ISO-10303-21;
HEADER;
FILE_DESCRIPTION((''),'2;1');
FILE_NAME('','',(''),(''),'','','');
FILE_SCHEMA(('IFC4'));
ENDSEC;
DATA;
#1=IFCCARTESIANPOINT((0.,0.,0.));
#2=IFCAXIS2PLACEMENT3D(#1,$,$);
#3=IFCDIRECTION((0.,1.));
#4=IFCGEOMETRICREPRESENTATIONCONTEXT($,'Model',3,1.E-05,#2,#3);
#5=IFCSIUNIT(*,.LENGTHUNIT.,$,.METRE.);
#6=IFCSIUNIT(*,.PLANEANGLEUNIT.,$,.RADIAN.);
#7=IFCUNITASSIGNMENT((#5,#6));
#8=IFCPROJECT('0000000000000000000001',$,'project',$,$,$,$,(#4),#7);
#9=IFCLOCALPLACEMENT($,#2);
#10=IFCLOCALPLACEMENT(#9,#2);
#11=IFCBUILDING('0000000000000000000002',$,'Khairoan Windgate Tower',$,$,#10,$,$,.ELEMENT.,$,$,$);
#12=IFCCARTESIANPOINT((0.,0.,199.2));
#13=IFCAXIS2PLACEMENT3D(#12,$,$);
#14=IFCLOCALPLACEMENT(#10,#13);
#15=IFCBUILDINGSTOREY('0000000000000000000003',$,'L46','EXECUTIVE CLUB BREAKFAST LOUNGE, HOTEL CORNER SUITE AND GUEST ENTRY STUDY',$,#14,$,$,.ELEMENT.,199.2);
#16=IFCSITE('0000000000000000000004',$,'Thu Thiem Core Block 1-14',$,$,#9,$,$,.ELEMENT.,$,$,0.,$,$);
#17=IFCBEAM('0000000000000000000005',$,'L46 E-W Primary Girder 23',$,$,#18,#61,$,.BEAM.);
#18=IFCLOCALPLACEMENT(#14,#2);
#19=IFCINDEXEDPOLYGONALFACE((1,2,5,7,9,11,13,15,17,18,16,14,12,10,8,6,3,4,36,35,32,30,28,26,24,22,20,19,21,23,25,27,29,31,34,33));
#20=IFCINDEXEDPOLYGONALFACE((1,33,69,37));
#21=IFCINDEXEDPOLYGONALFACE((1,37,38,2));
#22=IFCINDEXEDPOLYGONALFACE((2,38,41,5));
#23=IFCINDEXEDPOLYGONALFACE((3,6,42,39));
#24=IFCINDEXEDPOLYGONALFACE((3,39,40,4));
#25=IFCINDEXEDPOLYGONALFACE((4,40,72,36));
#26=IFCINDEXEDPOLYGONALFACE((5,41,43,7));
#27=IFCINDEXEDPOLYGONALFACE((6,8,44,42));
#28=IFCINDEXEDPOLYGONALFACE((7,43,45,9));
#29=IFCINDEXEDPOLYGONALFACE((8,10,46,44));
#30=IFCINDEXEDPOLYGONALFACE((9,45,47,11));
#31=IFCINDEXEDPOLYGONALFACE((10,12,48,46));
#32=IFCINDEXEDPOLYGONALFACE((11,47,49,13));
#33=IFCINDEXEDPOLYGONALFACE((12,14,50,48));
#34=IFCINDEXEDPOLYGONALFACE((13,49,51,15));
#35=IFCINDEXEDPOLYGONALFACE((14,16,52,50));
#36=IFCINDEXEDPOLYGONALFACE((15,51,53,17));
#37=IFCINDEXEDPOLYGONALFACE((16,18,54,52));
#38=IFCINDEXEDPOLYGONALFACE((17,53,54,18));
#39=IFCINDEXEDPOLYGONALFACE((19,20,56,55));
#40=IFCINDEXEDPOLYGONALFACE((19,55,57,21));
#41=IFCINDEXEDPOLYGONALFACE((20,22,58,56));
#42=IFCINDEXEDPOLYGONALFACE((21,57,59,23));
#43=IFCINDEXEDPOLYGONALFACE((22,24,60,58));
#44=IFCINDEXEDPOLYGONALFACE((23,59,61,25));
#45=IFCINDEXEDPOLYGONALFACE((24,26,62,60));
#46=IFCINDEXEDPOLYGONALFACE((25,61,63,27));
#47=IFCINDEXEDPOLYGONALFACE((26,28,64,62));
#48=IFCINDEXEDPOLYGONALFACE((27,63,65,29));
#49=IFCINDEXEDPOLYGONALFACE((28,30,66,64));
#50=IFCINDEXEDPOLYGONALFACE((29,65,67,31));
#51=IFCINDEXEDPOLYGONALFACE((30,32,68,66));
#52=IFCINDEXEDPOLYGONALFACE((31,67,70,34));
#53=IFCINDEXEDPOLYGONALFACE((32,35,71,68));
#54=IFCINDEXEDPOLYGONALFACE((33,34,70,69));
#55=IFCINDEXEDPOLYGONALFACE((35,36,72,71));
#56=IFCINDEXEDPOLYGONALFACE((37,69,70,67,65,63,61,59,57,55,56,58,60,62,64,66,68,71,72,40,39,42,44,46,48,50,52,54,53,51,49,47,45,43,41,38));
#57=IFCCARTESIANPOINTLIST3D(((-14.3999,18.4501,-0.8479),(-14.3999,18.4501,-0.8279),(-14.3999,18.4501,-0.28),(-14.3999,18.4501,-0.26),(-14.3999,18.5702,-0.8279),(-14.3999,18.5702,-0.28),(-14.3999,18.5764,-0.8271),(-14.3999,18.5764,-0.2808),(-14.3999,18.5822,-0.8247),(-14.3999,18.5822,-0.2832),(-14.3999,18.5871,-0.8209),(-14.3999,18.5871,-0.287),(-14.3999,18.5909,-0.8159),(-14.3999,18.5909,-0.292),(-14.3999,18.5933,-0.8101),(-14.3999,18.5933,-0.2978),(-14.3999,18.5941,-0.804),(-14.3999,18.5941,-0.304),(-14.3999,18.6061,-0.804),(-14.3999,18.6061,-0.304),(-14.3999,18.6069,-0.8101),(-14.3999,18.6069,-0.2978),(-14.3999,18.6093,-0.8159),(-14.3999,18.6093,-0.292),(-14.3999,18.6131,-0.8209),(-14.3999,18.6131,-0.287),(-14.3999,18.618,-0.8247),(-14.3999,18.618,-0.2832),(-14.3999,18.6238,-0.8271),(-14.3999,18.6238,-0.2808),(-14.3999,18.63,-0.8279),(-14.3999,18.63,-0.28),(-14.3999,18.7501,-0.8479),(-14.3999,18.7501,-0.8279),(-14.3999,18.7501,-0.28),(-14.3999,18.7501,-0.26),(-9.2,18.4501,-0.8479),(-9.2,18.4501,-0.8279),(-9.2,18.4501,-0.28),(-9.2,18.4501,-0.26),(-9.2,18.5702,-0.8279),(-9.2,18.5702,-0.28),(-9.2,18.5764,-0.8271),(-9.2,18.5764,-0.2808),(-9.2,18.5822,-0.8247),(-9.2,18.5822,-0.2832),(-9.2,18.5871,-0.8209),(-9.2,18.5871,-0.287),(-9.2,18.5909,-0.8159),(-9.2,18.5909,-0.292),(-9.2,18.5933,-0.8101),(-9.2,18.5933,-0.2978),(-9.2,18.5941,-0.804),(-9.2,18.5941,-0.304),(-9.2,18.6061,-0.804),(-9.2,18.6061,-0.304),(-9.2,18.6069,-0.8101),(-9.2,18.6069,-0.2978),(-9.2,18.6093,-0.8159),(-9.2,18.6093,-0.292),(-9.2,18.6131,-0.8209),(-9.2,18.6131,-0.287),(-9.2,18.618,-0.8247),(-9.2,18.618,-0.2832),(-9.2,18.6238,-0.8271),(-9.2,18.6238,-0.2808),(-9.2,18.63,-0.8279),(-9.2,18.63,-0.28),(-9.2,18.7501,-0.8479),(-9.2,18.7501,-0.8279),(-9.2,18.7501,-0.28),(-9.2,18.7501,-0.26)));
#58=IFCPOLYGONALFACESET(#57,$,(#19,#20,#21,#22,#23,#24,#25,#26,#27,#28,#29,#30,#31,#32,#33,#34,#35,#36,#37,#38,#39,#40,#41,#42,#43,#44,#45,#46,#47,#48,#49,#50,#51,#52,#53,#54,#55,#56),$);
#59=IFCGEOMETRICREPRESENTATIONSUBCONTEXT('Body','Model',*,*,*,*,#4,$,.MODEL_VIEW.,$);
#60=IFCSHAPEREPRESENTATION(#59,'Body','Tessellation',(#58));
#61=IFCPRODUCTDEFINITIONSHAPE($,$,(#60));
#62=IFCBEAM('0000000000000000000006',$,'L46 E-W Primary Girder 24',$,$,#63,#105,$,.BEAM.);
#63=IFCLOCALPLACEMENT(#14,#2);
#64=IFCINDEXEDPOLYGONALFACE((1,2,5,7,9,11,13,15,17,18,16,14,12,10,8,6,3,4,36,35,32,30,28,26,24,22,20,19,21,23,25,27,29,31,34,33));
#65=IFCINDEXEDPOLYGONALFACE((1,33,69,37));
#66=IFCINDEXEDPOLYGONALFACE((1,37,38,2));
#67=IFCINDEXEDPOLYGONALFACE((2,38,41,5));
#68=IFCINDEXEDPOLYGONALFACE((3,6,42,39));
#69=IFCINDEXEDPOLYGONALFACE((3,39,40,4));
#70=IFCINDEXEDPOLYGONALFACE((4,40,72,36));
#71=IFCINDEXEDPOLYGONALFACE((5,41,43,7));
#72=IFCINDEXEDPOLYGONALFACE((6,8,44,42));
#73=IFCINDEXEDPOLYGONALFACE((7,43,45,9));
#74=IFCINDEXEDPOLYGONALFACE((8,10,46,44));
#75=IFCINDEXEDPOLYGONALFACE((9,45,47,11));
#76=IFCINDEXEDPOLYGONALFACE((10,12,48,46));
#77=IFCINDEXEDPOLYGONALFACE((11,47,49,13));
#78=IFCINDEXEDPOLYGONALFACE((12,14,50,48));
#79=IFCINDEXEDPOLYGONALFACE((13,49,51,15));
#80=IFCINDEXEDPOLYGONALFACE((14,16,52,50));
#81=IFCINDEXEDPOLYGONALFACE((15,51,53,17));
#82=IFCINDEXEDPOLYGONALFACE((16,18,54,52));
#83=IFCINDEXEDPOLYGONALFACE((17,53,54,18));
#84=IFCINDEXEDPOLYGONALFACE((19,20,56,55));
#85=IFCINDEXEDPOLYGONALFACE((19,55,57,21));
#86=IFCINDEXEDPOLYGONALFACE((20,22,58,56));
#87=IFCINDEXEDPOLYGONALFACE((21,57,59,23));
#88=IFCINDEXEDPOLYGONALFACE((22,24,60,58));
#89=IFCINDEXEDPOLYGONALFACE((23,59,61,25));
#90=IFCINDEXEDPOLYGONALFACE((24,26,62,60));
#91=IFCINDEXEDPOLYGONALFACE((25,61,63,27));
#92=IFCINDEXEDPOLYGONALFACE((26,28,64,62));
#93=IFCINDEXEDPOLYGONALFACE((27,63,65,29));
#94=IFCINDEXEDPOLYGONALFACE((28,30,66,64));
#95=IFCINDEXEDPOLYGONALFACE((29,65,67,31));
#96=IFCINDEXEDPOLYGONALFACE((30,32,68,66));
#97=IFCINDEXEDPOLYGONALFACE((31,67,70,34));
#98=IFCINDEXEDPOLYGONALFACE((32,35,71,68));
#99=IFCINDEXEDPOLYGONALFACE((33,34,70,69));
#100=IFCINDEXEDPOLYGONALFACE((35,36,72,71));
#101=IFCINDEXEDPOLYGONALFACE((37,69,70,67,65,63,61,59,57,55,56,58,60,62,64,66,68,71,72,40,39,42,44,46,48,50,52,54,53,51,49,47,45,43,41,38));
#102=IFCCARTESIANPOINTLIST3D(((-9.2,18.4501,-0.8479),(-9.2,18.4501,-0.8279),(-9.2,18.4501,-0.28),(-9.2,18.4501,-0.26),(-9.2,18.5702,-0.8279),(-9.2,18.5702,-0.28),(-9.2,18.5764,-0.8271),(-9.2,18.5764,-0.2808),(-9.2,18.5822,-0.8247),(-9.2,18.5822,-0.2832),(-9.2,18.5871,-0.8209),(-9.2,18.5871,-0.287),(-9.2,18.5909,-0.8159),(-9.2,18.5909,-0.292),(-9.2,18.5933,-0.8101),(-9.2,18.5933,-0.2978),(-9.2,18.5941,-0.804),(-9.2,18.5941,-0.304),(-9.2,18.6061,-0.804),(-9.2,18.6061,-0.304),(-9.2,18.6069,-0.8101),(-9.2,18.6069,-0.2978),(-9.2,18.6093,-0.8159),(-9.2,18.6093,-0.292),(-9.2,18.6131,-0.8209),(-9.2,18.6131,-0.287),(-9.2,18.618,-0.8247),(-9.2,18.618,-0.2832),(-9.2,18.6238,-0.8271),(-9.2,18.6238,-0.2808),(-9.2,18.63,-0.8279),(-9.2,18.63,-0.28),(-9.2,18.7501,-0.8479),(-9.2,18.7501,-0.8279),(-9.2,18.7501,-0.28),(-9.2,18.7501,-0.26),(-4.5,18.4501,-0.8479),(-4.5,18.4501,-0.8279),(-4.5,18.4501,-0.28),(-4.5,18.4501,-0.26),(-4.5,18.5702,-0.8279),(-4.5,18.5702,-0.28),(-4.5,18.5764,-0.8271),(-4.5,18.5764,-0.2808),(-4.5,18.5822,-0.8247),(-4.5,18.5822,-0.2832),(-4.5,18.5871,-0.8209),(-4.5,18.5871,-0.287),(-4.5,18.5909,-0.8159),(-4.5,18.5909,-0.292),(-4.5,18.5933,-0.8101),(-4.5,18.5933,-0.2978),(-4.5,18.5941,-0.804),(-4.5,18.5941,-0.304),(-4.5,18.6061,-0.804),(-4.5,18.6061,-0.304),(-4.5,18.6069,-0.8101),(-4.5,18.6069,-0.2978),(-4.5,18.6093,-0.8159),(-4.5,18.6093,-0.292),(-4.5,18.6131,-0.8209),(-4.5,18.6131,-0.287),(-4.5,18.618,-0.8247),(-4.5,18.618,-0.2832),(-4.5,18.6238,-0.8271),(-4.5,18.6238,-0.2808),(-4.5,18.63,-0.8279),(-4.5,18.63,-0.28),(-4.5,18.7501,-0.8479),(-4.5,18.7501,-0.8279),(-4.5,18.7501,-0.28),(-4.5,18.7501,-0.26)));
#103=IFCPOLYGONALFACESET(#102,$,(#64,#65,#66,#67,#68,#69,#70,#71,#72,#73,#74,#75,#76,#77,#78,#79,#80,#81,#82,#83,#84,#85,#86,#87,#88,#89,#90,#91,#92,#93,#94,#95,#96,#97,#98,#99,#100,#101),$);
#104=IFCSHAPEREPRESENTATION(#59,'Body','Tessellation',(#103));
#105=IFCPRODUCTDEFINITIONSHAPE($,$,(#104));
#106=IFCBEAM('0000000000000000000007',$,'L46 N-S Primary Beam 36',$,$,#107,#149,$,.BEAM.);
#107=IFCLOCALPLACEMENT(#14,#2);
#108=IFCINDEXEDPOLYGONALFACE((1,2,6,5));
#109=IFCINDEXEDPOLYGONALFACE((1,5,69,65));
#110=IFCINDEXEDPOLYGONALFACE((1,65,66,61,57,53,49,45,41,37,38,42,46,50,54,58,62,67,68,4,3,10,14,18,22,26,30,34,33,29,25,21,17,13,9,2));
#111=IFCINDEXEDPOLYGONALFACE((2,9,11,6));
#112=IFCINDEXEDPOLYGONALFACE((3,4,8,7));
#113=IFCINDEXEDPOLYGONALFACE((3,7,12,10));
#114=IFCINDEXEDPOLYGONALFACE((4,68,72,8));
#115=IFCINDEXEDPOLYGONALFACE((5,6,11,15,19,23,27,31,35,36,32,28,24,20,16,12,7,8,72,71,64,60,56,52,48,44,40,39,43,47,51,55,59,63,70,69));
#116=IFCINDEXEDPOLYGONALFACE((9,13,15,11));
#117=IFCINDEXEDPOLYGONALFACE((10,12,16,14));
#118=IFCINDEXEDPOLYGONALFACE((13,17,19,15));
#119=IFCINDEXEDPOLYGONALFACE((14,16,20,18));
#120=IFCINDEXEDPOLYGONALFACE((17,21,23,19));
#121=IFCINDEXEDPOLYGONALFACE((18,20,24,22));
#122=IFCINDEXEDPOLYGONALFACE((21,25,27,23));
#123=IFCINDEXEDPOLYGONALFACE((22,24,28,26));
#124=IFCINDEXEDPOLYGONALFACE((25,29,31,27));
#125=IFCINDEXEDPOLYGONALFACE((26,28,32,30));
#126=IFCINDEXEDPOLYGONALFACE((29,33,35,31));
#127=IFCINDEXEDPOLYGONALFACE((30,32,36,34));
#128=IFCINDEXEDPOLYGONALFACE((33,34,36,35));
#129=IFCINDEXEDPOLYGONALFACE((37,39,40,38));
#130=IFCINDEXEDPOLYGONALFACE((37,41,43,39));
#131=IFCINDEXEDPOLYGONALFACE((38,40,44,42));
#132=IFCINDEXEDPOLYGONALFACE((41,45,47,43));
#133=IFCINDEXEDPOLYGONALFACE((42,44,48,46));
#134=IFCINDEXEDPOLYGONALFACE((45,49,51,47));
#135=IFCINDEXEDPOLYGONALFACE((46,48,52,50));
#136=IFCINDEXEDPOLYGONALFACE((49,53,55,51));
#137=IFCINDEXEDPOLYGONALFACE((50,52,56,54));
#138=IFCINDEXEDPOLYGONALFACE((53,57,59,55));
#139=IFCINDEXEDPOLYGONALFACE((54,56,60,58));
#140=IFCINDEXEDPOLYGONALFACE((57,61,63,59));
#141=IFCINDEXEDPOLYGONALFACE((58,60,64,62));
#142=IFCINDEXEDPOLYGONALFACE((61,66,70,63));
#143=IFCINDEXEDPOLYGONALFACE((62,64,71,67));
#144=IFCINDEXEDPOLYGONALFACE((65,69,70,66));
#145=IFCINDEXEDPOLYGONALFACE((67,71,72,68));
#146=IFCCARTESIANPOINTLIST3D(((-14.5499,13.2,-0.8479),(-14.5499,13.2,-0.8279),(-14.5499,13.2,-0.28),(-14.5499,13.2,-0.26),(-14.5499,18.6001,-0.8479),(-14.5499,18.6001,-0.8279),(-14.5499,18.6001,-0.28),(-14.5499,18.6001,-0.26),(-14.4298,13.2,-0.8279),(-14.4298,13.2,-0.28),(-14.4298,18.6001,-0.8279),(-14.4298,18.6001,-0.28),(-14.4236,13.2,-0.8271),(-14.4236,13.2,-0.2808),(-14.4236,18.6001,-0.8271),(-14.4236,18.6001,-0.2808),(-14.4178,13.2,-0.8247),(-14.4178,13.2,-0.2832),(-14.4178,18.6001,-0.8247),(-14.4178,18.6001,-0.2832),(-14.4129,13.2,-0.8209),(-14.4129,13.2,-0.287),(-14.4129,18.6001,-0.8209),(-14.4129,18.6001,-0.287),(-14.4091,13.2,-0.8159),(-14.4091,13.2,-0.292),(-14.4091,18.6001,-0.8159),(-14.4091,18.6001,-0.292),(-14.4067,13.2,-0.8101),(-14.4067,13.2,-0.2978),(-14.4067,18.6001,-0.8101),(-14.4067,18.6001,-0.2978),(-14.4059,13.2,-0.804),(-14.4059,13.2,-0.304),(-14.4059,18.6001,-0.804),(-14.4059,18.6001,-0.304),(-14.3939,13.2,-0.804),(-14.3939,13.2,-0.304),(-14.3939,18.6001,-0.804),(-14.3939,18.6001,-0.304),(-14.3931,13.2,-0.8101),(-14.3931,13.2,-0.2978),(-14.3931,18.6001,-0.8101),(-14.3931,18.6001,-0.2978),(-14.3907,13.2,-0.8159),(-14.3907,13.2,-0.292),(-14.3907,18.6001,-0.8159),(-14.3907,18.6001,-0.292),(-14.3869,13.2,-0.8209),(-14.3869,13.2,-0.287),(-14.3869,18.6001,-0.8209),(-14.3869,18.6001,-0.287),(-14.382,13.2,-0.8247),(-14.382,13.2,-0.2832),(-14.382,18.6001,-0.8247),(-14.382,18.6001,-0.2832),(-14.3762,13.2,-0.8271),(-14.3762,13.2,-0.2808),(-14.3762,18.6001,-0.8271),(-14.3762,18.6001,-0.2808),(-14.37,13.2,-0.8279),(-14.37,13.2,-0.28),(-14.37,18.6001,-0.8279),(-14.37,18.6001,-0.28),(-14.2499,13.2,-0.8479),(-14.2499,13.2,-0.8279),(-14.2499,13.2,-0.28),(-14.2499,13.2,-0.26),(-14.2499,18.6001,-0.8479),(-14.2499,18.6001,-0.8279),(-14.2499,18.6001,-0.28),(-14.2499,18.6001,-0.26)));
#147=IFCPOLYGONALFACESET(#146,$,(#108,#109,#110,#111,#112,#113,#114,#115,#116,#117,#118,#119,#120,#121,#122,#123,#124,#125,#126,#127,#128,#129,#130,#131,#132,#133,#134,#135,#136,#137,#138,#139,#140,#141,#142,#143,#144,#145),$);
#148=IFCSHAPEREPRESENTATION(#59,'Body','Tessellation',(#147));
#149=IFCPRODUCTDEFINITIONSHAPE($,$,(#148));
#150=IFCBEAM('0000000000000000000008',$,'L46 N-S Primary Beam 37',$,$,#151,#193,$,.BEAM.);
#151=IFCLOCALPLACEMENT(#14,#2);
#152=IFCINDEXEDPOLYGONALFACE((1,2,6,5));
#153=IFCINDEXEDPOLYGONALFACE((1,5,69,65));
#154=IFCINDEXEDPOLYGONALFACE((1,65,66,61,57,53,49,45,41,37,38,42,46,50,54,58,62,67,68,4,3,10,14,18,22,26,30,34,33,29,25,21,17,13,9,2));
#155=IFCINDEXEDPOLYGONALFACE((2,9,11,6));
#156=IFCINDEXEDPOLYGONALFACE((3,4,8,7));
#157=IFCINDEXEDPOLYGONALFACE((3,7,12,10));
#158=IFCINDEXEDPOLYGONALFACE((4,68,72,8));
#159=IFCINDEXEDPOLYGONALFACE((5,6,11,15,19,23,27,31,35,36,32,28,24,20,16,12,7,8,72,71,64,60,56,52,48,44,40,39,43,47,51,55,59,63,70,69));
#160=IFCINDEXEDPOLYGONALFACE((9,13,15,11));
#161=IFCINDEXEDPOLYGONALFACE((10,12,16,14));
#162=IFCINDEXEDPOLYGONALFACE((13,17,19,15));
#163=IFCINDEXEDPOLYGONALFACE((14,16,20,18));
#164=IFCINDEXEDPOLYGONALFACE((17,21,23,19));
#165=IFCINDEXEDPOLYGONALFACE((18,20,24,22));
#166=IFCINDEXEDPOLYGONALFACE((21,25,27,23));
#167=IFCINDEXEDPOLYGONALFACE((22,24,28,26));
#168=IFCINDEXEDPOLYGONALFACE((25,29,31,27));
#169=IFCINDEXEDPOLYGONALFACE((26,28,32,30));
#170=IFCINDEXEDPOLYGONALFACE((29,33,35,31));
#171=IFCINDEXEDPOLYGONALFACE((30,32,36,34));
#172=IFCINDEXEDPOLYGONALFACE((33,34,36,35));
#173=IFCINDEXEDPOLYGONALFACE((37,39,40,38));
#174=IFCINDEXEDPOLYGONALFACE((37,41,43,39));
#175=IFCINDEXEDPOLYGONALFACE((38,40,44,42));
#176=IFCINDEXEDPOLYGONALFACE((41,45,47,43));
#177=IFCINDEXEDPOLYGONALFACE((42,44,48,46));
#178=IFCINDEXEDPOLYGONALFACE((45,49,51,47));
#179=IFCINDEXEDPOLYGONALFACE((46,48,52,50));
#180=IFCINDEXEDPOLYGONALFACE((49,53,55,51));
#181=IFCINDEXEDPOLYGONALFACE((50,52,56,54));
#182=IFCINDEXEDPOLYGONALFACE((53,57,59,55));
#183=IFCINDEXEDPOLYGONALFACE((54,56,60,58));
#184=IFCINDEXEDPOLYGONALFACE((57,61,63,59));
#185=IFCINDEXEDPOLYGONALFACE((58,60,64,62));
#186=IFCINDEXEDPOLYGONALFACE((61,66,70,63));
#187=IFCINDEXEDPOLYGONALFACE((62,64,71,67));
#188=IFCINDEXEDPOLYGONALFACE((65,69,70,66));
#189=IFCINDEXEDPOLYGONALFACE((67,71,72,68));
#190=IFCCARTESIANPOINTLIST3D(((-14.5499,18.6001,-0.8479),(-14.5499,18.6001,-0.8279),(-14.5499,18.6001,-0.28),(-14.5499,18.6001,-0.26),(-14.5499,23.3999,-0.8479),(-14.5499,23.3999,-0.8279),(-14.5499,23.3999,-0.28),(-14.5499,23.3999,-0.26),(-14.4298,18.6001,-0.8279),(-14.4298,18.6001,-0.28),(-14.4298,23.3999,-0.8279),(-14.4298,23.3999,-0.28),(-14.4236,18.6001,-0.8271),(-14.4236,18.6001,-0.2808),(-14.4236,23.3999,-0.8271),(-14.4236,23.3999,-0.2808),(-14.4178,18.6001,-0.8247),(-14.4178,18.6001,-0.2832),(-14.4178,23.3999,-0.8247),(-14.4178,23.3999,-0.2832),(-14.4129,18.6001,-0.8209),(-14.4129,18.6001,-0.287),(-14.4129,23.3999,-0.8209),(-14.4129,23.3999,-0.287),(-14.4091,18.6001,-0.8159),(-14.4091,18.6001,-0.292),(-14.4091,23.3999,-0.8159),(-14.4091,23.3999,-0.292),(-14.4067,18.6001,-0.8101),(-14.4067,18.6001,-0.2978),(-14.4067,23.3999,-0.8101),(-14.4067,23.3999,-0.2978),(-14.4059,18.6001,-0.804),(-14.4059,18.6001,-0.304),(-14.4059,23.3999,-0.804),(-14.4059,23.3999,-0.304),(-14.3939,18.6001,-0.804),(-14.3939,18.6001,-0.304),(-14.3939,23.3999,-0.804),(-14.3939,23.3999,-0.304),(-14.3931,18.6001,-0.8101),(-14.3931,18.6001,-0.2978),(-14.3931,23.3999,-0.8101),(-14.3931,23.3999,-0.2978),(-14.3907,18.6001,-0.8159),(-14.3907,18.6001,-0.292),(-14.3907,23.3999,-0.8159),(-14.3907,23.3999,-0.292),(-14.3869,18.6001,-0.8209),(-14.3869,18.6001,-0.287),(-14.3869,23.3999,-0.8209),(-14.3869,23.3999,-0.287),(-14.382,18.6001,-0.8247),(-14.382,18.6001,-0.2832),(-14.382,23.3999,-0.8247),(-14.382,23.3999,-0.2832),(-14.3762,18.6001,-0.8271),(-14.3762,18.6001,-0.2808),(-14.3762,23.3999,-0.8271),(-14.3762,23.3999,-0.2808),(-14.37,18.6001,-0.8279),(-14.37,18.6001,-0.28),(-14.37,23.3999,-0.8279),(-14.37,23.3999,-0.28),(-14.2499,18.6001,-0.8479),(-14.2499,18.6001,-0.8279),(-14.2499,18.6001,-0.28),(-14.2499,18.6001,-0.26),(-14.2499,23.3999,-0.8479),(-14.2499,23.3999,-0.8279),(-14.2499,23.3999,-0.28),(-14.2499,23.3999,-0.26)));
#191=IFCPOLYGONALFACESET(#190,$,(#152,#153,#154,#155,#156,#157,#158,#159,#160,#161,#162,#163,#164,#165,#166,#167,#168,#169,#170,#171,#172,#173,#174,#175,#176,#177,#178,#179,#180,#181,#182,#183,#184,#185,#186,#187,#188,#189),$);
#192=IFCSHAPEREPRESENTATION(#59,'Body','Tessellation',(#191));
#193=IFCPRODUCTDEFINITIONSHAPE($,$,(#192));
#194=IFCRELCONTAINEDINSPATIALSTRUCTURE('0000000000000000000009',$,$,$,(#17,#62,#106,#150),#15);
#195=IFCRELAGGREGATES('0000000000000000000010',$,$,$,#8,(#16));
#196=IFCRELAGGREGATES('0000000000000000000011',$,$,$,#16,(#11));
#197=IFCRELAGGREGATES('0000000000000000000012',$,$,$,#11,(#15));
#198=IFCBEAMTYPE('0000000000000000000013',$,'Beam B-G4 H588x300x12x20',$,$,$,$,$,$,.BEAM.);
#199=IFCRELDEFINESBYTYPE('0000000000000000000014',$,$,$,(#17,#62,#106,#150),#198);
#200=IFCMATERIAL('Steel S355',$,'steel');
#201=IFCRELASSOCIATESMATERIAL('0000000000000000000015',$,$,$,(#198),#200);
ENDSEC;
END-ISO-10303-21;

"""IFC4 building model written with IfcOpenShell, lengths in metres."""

from ifc_helpers import new_model, si_unit, direction, frame, origin, origin_2d, place, context, subcontext, project, spatial, i_section, extrude, material, material_profile, profile_set, type_object, element, save


model = new_model("IFC4")

# Units and contexts
model_context = context("Model", 3, precision=1e-05, world=origin(), true_north=direction((0.0, 1.0)))
body_context = subcontext(model_context, "Body", "Model", "MODEL_VIEW")
ifc_project = project(units=[si_unit("LENGTHUNIT", "METRE"), si_unit("PLANEANGLEUNIT", "RADIAN")], contexts=[model_context])

# Site, building, storey
site_placement = place(None, origin())
site = spatial("IfcSite", under=ifc_project, at=site_placement, Name="Thu Thiem Core Block 1-14", CompositionType="ELEMENT", RefElevation=0.0)
building_placement = place(site_placement, origin())
building = spatial("IfcBuilding", under=site, at=building_placement, Name="Khairoan Windgate Tower", CompositionType="ELEMENT")
storey_placement = place(building_placement, frame((0.0, 0.0, 199.2)))
storey = spatial("IfcBuildingStorey", under=building, at=storey_placement, Name="L46", Description="EXECUTIVE CLUB BREAKFAST LOUNGE, HOTEL CORNER SUITE AND GUEST ENTRY STUDY", CompositionType="ELEMENT", Elevation=199.2)

# Beams
ifc_material_1 = material(Name="Steel S355", Category="steel")
ifc_material_profile_1 = material_profile(ifc_material_1, i_section(OverallWidth=0.3, OverallDepth=0.5879, WebThickness=0.012, FlangeThickness=0.02, FilletRadius=0.0239, at=origin_2d()))
ifc_profile_set_1 = profile_set([ifc_material_profile_1], Name="Steel S355")
beam_type = type_object("IfcBeamType", Name="Beam B-G4 H588x300x12x20", PredefinedType="BEAM", material=ifc_profile_set_1)
beam_1_placement = place(storey_placement, frame((-14.3999, 18.6001, -0.554), z_axis=(1.0, 0.0, 0.0), x_axis=(0.0, 1.0, 0.0)))
element("IfcBeam", 1, at=beam_1_placement, inside=storey, type_object=beam_type, Name="L46 E-W Primary Girder 23", PredefinedType="BEAM", context=body_context, shape_type="SweptSolid", body=[
    extrude(i_section(OverallWidth=0.3, OverallDepth=0.5879, WebThickness=0.012, FlangeThickness=0.02, FilletRadius=0.0239, at=origin_2d()), origin(), (0.0, 0.0, 1.0), 5.2),
])
beam_2_placement = place(storey_placement, frame((-9.2, 18.6001, -0.554), z_axis=(1.0, 0.0, 0.0), x_axis=(0.0, 1.0, 0.0)))
element("IfcBeam", 2, at=beam_2_placement, inside=storey, type_object=beam_type, Name="L46 E-W Primary Girder 24", PredefinedType="BEAM", context=body_context, shape_type="SweptSolid", body=[
    extrude(i_section(OverallWidth=0.3, OverallDepth=0.5879, WebThickness=0.012, FlangeThickness=0.02, FilletRadius=0.0239, at=origin_2d()), origin(), (0.0, 0.0, 1.0), 4.7),
])
beam_3_placement = place(storey_placement, frame((-14.3999, 13.2, -0.554), z_axis=(0.0, 1.0, 0.0), x_axis=(-1.0, 0.0, 0.0)))
element("IfcBeam", 3, at=beam_3_placement, inside=storey, type_object=beam_type, Name="L46 N-S Primary Beam 36", PredefinedType="BEAM", context=body_context, shape_type="SweptSolid", body=[
    extrude(i_section(OverallWidth=0.3, OverallDepth=0.5879, WebThickness=0.012, FlangeThickness=0.02, FilletRadius=0.0239, at=origin_2d()), origin(), (0.0, 0.0, 1.0), 5.4001),
])
beam_4_placement = place(storey_placement, frame((-14.3999, 18.6001, -0.554), z_axis=(0.0, 1.0, 0.0), x_axis=(-1.0, 0.0, 0.0)))
element("IfcBeam", 4, at=beam_4_placement, inside=storey, type_object=beam_type, Name="L46 N-S Primary Beam 37", PredefinedType="BEAM", context=body_context, shape_type="SweptSolid", body=[
    extrude(i_section(OverallWidth=0.3, OverallDepth=0.5879, WebThickness=0.012, FlangeThickness=0.02, FilletRadius=0.0239, at=origin_2d()), origin(), (0.0, 0.0, 1.0), 4.7998),
])

save(model, "model.ifc")
